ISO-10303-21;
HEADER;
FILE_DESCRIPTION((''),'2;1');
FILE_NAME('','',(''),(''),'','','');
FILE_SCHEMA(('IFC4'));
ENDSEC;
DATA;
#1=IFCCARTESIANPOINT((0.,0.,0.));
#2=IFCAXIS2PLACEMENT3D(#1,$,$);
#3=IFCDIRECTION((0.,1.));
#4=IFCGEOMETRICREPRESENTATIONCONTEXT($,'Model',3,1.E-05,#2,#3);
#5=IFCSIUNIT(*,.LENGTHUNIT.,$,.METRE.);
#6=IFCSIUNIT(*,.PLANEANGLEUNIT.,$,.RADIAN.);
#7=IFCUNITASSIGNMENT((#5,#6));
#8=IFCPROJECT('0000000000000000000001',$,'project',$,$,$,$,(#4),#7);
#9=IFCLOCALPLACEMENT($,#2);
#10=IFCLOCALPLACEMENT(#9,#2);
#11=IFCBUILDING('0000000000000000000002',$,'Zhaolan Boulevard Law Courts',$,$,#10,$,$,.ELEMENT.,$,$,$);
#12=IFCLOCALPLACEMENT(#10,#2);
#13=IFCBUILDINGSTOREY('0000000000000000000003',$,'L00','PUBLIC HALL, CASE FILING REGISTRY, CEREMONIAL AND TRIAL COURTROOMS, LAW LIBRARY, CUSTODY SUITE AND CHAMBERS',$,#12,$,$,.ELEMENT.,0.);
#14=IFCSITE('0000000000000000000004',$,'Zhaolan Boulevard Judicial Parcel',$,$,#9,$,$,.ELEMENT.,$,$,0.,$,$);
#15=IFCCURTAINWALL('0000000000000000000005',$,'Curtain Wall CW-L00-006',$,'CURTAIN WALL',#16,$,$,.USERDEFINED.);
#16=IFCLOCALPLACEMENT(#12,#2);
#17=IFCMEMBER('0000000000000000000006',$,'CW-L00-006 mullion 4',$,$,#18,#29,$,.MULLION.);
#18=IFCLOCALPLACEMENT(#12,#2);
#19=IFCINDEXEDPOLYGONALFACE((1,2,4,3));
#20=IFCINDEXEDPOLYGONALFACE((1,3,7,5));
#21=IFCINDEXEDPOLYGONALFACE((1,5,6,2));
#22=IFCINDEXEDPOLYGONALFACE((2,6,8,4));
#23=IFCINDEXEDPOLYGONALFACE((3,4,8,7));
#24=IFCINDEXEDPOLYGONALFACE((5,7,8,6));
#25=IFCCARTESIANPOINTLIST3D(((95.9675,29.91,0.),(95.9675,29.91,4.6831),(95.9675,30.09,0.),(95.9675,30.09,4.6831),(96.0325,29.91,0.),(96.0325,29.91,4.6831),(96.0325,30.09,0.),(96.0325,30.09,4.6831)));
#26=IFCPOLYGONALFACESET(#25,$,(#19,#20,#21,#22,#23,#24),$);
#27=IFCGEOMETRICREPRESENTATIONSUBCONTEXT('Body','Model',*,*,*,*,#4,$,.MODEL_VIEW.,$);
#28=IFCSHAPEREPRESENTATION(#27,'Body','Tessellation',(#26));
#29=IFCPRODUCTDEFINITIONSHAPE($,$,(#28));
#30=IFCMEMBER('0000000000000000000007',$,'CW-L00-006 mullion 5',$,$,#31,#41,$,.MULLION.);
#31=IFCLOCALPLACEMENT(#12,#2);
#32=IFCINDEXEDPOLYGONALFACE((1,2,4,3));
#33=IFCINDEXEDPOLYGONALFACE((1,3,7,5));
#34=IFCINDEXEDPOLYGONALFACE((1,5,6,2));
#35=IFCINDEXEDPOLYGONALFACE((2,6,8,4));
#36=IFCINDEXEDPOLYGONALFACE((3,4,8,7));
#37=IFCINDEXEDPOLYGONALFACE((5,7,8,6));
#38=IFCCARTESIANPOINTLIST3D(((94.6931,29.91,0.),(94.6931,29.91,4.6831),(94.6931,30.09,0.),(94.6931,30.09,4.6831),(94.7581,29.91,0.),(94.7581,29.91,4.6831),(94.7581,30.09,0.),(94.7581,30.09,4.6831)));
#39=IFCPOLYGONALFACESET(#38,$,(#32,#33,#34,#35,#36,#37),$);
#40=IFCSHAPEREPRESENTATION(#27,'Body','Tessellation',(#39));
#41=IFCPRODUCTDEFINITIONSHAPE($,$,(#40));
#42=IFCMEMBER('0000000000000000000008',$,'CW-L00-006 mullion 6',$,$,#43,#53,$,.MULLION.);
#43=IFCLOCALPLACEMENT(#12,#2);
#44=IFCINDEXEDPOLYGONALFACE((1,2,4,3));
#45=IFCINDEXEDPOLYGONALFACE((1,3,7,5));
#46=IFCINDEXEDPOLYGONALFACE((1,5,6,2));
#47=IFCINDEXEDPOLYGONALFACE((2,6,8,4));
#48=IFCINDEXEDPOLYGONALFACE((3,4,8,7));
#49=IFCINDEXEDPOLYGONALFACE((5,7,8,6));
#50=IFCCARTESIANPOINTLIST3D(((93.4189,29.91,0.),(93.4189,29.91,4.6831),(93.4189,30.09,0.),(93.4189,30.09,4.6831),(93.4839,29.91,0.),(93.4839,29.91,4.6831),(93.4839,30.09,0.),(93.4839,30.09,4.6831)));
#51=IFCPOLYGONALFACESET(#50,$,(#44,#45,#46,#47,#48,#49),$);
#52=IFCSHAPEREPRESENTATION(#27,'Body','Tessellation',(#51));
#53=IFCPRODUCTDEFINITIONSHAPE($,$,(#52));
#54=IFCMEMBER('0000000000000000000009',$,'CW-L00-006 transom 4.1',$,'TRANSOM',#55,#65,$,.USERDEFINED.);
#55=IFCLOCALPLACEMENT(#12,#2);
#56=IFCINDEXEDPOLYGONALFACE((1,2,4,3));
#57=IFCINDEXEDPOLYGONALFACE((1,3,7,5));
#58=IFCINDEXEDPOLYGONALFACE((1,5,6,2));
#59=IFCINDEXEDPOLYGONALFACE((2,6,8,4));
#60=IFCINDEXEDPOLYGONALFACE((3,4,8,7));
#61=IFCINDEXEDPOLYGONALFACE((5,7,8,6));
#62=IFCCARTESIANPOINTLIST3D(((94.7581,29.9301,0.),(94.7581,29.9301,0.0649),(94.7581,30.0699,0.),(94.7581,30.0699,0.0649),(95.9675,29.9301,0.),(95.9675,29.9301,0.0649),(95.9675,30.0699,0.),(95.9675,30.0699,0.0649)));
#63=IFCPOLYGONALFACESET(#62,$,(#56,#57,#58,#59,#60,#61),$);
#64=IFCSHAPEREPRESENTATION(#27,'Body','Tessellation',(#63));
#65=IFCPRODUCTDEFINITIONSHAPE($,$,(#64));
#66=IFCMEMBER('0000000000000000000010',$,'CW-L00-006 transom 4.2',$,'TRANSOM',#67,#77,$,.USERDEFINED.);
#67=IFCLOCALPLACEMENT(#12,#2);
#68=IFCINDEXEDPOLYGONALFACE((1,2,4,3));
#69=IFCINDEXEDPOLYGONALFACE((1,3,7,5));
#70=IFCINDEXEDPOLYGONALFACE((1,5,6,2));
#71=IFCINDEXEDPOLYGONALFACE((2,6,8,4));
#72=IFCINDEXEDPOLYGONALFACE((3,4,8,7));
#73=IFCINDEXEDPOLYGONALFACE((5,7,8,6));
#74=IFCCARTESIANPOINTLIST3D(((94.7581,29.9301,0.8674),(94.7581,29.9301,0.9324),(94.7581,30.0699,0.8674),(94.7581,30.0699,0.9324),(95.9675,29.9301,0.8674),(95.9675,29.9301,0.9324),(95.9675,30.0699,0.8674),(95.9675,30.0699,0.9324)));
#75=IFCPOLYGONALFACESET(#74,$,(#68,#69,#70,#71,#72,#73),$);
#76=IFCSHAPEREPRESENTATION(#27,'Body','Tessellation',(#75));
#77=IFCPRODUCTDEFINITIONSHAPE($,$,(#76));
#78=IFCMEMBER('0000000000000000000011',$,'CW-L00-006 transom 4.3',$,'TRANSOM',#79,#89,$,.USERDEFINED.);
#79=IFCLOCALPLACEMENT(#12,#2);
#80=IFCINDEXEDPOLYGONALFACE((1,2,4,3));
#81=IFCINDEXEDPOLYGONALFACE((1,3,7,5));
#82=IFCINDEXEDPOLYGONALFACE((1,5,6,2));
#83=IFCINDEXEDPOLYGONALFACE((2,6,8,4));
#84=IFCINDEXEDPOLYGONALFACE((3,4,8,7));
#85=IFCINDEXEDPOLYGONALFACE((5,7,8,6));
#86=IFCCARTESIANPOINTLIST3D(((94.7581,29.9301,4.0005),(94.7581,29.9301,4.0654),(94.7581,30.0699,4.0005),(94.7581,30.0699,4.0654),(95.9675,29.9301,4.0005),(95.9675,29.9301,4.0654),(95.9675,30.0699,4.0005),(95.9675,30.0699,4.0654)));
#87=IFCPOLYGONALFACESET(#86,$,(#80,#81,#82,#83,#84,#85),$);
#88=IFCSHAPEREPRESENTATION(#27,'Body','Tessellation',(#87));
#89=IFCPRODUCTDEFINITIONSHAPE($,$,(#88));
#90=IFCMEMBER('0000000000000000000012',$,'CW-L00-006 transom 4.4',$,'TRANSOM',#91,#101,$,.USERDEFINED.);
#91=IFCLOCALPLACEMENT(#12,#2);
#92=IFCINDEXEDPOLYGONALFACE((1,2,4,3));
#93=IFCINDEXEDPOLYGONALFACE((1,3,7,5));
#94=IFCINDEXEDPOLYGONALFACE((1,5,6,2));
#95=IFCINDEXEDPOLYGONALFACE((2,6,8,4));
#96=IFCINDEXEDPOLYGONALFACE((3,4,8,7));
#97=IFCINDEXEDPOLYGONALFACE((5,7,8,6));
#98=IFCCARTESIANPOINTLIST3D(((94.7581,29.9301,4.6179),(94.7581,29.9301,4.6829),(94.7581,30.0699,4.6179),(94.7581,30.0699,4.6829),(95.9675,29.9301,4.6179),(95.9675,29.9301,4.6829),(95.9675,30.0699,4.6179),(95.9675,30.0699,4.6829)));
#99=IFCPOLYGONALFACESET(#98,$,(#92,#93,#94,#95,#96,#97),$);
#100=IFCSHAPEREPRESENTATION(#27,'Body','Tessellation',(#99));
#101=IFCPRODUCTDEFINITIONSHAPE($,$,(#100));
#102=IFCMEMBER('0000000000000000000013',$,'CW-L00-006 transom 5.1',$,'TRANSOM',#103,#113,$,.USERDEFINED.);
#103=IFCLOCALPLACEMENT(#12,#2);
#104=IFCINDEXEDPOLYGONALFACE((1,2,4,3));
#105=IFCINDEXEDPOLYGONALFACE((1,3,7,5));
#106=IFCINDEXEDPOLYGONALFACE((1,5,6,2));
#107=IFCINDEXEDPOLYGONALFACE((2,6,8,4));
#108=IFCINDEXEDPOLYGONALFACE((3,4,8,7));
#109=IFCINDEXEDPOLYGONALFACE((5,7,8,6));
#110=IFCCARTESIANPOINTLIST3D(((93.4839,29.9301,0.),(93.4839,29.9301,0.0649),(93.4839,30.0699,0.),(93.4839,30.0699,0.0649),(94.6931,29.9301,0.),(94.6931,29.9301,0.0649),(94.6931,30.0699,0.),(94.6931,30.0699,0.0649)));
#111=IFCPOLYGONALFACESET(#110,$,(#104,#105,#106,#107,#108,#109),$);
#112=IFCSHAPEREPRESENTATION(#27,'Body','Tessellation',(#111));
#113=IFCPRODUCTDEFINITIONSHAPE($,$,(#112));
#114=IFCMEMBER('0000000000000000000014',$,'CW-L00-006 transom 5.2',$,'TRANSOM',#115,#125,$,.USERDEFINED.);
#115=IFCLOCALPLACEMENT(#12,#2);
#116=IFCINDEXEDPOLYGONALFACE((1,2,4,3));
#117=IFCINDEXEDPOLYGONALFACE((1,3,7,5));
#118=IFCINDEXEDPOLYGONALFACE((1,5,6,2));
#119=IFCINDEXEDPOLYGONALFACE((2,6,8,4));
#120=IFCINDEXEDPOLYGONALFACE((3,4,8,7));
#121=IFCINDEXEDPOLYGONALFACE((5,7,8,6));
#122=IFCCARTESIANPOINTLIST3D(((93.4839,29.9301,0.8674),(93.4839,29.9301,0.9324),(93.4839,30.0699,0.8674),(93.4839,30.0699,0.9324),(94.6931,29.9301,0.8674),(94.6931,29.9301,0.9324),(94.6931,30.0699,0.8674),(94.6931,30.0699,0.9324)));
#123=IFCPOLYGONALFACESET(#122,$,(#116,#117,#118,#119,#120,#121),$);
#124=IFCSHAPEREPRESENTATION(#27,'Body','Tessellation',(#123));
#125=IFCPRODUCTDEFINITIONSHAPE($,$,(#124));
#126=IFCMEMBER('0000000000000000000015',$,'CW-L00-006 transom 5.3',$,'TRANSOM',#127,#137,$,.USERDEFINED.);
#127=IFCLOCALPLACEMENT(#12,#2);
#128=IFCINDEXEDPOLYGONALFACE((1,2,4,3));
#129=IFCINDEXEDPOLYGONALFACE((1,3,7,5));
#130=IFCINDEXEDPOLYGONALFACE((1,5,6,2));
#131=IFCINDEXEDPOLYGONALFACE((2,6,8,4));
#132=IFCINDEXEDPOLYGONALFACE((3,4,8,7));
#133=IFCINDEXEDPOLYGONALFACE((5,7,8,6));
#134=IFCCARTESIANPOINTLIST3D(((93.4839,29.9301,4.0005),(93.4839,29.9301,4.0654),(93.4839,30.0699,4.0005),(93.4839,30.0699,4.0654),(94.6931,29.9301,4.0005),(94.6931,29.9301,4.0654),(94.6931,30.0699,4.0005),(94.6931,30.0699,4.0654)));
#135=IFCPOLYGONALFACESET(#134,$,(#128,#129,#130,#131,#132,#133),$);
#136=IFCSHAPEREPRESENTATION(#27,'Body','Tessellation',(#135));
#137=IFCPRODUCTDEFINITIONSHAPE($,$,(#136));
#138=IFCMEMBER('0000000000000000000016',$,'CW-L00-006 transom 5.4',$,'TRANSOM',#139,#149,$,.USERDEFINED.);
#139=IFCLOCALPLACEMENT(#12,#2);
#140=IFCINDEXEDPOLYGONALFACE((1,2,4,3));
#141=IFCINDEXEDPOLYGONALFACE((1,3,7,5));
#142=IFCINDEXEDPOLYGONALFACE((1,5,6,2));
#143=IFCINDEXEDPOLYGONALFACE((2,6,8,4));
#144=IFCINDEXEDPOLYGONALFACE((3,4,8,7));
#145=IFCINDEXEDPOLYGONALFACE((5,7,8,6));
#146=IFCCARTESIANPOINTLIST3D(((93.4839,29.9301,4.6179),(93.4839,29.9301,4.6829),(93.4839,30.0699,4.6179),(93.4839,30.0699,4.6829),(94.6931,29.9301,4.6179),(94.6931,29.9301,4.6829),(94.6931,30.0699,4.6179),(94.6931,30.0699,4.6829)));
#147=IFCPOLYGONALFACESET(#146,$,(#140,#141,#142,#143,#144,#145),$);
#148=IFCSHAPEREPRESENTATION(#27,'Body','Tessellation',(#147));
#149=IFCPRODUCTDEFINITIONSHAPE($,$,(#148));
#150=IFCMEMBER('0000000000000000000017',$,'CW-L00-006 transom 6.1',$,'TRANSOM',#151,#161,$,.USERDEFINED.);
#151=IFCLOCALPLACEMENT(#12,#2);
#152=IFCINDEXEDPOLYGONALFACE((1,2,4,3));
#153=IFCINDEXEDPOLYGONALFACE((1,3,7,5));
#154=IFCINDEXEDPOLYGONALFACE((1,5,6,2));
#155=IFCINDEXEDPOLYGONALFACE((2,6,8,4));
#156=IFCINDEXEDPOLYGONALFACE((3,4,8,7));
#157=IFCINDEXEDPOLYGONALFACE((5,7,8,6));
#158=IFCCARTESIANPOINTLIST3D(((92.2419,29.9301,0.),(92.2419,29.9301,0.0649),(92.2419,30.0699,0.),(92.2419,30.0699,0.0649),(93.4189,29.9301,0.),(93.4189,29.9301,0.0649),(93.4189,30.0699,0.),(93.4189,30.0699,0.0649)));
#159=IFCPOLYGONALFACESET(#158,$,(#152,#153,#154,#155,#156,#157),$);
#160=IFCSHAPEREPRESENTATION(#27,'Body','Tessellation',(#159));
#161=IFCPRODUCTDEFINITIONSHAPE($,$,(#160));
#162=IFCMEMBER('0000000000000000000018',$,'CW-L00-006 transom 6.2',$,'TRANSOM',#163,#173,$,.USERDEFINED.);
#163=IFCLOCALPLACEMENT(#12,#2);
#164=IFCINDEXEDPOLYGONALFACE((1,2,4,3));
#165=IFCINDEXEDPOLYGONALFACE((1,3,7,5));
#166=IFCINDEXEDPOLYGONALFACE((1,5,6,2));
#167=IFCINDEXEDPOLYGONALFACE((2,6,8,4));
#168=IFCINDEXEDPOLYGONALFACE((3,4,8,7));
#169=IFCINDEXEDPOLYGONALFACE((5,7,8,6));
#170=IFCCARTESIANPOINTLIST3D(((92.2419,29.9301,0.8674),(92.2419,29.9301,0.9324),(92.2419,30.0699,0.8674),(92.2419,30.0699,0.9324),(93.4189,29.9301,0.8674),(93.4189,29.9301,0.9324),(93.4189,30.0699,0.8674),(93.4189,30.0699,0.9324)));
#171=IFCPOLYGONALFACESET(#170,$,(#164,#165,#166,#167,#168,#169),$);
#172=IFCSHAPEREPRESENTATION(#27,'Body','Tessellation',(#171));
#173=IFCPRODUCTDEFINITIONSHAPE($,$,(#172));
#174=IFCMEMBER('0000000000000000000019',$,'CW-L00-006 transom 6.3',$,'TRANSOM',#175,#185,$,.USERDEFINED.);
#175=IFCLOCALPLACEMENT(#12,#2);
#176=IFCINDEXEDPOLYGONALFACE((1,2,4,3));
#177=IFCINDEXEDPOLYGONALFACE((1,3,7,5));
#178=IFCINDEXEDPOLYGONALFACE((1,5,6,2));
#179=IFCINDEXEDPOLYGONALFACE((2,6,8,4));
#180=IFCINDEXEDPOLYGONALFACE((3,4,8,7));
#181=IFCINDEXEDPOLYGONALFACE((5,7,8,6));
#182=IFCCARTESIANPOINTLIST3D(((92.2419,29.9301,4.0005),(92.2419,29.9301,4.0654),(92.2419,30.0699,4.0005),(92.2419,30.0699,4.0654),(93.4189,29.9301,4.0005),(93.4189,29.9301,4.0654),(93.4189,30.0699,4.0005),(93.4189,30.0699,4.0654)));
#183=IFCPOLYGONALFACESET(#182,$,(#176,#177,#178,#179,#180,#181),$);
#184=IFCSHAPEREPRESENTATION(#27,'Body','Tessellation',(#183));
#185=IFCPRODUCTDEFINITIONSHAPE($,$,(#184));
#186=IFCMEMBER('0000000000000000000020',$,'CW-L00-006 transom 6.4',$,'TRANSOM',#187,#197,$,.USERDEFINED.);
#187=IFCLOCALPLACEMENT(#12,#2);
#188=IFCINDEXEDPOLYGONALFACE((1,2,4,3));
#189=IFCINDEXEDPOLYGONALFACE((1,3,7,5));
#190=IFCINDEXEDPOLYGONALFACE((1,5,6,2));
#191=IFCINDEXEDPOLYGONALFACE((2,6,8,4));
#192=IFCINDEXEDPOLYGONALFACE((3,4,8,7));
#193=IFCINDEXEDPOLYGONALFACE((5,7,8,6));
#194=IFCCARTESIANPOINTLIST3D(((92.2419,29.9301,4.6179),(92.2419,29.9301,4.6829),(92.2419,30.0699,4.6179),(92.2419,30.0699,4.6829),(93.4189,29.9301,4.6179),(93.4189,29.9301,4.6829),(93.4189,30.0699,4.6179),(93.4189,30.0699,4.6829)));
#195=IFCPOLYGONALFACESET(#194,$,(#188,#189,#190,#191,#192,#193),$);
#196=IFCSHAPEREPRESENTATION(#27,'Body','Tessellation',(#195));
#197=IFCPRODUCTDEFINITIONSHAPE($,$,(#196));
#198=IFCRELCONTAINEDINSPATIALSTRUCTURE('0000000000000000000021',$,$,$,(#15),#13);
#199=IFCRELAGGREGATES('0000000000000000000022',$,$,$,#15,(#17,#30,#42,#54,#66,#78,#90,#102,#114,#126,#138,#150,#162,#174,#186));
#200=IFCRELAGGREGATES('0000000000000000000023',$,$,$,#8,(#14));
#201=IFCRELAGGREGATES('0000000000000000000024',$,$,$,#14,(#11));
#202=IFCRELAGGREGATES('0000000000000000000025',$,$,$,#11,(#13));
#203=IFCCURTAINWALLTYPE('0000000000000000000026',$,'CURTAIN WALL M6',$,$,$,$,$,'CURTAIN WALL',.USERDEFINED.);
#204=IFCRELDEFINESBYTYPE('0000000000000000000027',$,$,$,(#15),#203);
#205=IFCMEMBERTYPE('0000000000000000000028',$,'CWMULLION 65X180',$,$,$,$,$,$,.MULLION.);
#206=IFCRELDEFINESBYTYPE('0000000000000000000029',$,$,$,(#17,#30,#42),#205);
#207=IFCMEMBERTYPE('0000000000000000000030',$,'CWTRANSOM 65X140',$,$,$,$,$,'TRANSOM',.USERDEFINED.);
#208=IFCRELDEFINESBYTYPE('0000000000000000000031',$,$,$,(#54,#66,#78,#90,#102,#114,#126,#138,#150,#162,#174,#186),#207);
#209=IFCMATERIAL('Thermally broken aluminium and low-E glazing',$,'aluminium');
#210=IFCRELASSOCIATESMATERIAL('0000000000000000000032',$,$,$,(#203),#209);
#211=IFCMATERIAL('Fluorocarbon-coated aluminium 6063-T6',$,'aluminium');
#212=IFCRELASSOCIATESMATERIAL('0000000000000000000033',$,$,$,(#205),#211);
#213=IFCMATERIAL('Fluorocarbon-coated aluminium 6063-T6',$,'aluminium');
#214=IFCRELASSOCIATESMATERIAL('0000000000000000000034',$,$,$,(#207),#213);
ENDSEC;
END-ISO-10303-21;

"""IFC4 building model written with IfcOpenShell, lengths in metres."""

from ifc_helpers import new_model, si_unit, direction, frame, origin, origin_2d, place, context, subcontext, project, spatial, rectangle, extrude, material, material_profile, profile_set, type_object, element, aggregate, save


model = new_model("IFC4")

# Units and contexts
model_context = context("Model", 3, precision=1e-05, world=origin(), true_north=direction((0.0, 1.0)))
body_context = subcontext(model_context, "Body", "Model", "MODEL_VIEW")
ifc_project = project(units=[si_unit("LENGTHUNIT", "METRE"), si_unit("PLANEANGLEUNIT", "RADIAN")], contexts=[model_context])

# Site, building, storey
site_placement = place(None, origin())
site = spatial("IfcSite", under=ifc_project, at=site_placement, Name="Zhaolan Boulevard Judicial Parcel", CompositionType="ELEMENT", RefElevation=0.0)
building_placement = place(site_placement, origin())
building = spatial("IfcBuilding", under=site, at=building_placement, Name="Zhaolan Boulevard Law Courts", CompositionType="ELEMENT")
storey_placement = place(building_placement, origin())
storey = spatial("IfcBuildingStorey", under=building, at=storey_placement, Name="L00", Description="PUBLIC HALL, CASE FILING REGISTRY, CEREMONIAL AND TRIAL COURTROOMS, LAW LIBRARY, CUSTODY SUITE AND CHAMBERS", CompositionType="ELEMENT", Elevation=0.0)

# Curtain wall, members
ifc_material_1 = material(Name="Thermally broken aluminium and low-E glazing", Category="aluminium")
curtain_wall_type = type_object("IfcCurtainWallType", Name="CURTAIN WALL M6", ElementType="CURTAIN WALL", PredefinedType="USERDEFINED", material=ifc_material_1)
curtain_wall_placement = place(storey_placement, origin())
curtain_wall = element("IfcCurtainWall", 1, at=curtain_wall_placement, inside=storey, type_object=curtain_wall_type, Name="Curtain Wall CW-L00-006", ObjectType="CURTAIN WALL", PredefinedType="USERDEFINED")
ifc_material_2 = material(Name="Fluorocarbon-coated aluminium 6063-T6", Category="aluminium")
ifc_material_profile_1 = material_profile(ifc_material_2, rectangle(XDim=0.1799, YDim=0.0649, at=origin_2d()), Name="AL65x180")
ifc_profile_set_1 = profile_set([ifc_material_profile_1], Name="Fluorocarbon-coated aluminium 6063-T6")
member_type_1 = type_object("IfcMemberType", Name="CWMULLION 65X180", PredefinedType="MULLION", material=ifc_profile_set_1)
member_1_placement = place(storey_placement, frame((96.0, 30.0, 0.0), z_axis=(0.0, 0.0, 1.0), x_axis=(0.0, -1.0, 0.0)))
member_1 = element("IfcMember", 2, at=member_1_placement, type_object=member_type_1, Name="CW-L00-006 mullion 4", PredefinedType="MULLION", context=body_context, shape_type="SweptSolid", body=[
    extrude(rectangle(XDim=0.1799, YDim=0.0649, at=origin_2d()), origin(), (0.0, 0.0, 1.0), 4.6831),
])
member_2_placement = place(storey_placement, frame((94.7256, 30.0, 0.0), z_axis=(0.0, 0.0, 1.0), x_axis=(0.0, -1.0, 0.0)))
member_2 = element("IfcMember", 3, at=member_2_placement, type_object=member_type_1, Name="CW-L00-006 mullion 5", PredefinedType="MULLION", context=body_context, shape_type="SweptSolid", body=[
    extrude(rectangle(XDim=0.1799, YDim=0.0649, at=origin_2d()), origin(), (0.0, 0.0, 1.0), 4.6831),
])
member_3_placement = place(storey_placement, frame((93.4514, 30.0, 0.0), z_axis=(0.0, 0.0, 1.0), x_axis=(0.0, -1.0, 0.0)))
member_3 = element("IfcMember", 4, at=member_3_placement, type_object=member_type_1, Name="CW-L00-006 mullion 6", PredefinedType="MULLION", context=body_context, shape_type="SweptSolid", body=[
    extrude(rectangle(XDim=0.1799, YDim=0.0649, at=origin_2d()), origin(), (0.0, 0.0, 1.0), 4.6831),
])
ifc_material_3 = material(Name="Fluorocarbon-coated aluminium 6063-T6", Category="aluminium")
ifc_material_profile_2 = material_profile(ifc_material_3, rectangle(XDim=0.1399, YDim=0.0649, at=origin_2d()), Name="AL65x140")
ifc_profile_set_2 = profile_set([ifc_material_profile_2], Name="Fluorocarbon-coated aluminium 6063-T6")
member_type_2 = type_object("IfcMemberType", Name="CWTRANSOM 65X140", ElementType="TRANSOM", PredefinedType="USERDEFINED", material=ifc_profile_set_2)
member_4_placement = place(storey_placement, frame((95.9675, 30.0, 0.0325), z_axis=(-1.0, 0.0, 0.0), x_axis=(0.0, -1.0, 0.0)))
member_4 = element("IfcMember", 5, at=member_4_placement, type_object=member_type_2, Name="CW-L00-006 transom 4.1", ObjectType="TRANSOM", PredefinedType="USERDEFINED", context=body_context, shape_type="SweptSolid", body=[
    extrude(rectangle(XDim=0.1399, YDim=0.0649, at=origin_2d()), origin(), (0.0, 0.0, 1.0), 1.2095),
])
member_5_placement = place(storey_placement, frame((95.9675, 30.0, 0.8999), z_axis=(-1.0, 0.0, 0.0), x_axis=(0.0, -1.0, 0.0)))
member_5 = element("IfcMember", 6, at=member_5_placement, type_object=member_type_2, Name="CW-L00-006 transom 4.2", ObjectType="TRANSOM", PredefinedType="USERDEFINED", context=body_context, shape_type="SweptSolid", body=[
    extrude(rectangle(XDim=0.1399, YDim=0.0649, at=origin_2d()), origin(), (0.0, 0.0, 1.0), 1.2095),
])
member_6_placement = place(storey_placement, frame((95.9675, 30.0, 4.033), z_axis=(-1.0, 0.0, 0.0), x_axis=(0.0, -1.0, 0.0)))
member_6 = element("IfcMember", 7, at=member_6_placement, type_object=member_type_2, Name="CW-L00-006 transom 4.3", ObjectType="TRANSOM", PredefinedType="USERDEFINED", context=body_context, shape_type="SweptSolid", body=[
    extrude(rectangle(XDim=0.1399, YDim=0.0649, at=origin_2d()), origin(), (0.0, 0.0, 1.0), 1.2095),
])
member_7_placement = place(storey_placement, frame((95.9675, 30.0, 4.6504), z_axis=(-1.0, 0.0, 0.0), x_axis=(0.0, -1.0, 0.0)))
member_7 = element("IfcMember", 8, at=member_7_placement, type_object=member_type_2, Name="CW-L00-006 transom 4.4", ObjectType="TRANSOM", PredefinedType="USERDEFINED", context=body_context, shape_type="SweptSolid", body=[
    extrude(rectangle(XDim=0.1399, YDim=0.0649, at=origin_2d()), origin(), (0.0, 0.0, 1.0), 1.2095),
])
member_8_placement = place(storey_placement, frame((94.6931, 30.0, 0.0325), z_axis=(-1.0, 0.0, 0.0), x_axis=(0.0, -1.0, 0.0)))
member_8 = element("IfcMember", 9, at=member_8_placement, type_object=member_type_2, Name="CW-L00-006 transom 5.1", ObjectType="TRANSOM", PredefinedType="USERDEFINED", context=body_context, shape_type="SweptSolid", body=[
    extrude(rectangle(XDim=0.1399, YDim=0.0649, at=origin_2d()), origin(), (0.0, 0.0, 1.0), 1.2092),
])
member_9_placement = place(storey_placement, frame((94.6931, 30.0, 0.8999), z_axis=(-1.0, 0.0, 0.0), x_axis=(0.0, -1.0, 0.0)))
member_9 = element("IfcMember", 10, at=member_9_placement, type_object=member_type_2, Name="CW-L00-006 transom 5.2", ObjectType="TRANSOM", PredefinedType="USERDEFINED", context=body_context, shape_type="SweptSolid", body=[
    extrude(rectangle(XDim=0.1399, YDim=0.0649, at=origin_2d()), origin(), (0.0, 0.0, 1.0), 1.2092),
])
member_10_placement = place(storey_placement, frame((94.6931, 30.0, 4.033), z_axis=(-1.0, 0.0, 0.0), x_axis=(0.0, -1.0, 0.0)))
member_10 = element("IfcMember", 11, at=member_10_placement, type_object=member_type_2, Name="CW-L00-006 transom 5.3", ObjectType="TRANSOM", PredefinedType="USERDEFINED", context=body_context, shape_type="SweptSolid", body=[
    extrude(rectangle(XDim=0.1399, YDim=0.0649, at=origin_2d()), origin(), (0.0, 0.0, 1.0), 1.2092),
])
member_11_placement = place(storey_placement, frame((94.6931, 30.0, 4.6504), z_axis=(-1.0, 0.0, 0.0), x_axis=(0.0, -1.0, 0.0)))
member_11 = element("IfcMember", 12, at=member_11_placement, type_object=member_type_2, Name="CW-L00-006 transom 5.4", ObjectType="TRANSOM", PredefinedType="USERDEFINED", context=body_context, shape_type="SweptSolid", body=[
    extrude(rectangle(XDim=0.1399, YDim=0.0649, at=origin_2d()), origin(), (0.0, 0.0, 1.0), 1.2092),
])
member_12_placement = place(storey_placement, frame((93.4189, 30.0, 0.0325), z_axis=(-1.0, 0.0, 0.0), x_axis=(0.0, -1.0, 0.0)))
member_12 = element("IfcMember", 13, at=member_12_placement, type_object=member_type_2, Name="CW-L00-006 transom 6.1", ObjectType="TRANSOM", PredefinedType="USERDEFINED", context=body_context, shape_type="SweptSolid", body=[
    extrude(rectangle(XDim=0.1399, YDim=0.0649, at=origin_2d()), origin(), (0.0, 0.0, 1.0), 1.177),
])
member_13_placement = place(storey_placement, frame((93.4189, 30.0, 0.8999), z_axis=(-1.0, 0.0, 0.0), x_axis=(0.0, -1.0, 0.0)))
member_13 = element("IfcMember", 14, at=member_13_placement, type_object=member_type_2, Name="CW-L00-006 transom 6.2", ObjectType="TRANSOM", PredefinedType="USERDEFINED", context=body_context, shape_type="SweptSolid", body=[
    extrude(rectangle(XDim=0.1399, YDim=0.0649, at=origin_2d()), origin(), (0.0, 0.0, 1.0), 1.177),
])
member_14_placement = place(storey_placement, frame((93.4189, 30.0, 4.033), z_axis=(-1.0, 0.0, 0.0), x_axis=(0.0, -1.0, 0.0)))
member_14 = element("IfcMember", 15, at=member_14_placement, type_object=member_type_2, Name="CW-L00-006 transom 6.3", ObjectType="TRANSOM", PredefinedType="USERDEFINED", context=body_context, shape_type="SweptSolid", body=[
    extrude(rectangle(XDim=0.1399, YDim=0.0649, at=origin_2d()), origin(), (0.0, 0.0, 1.0), 1.177),
])
member_15_placement = place(storey_placement, frame((93.4189, 30.0, 4.6504), z_axis=(-1.0, 0.0, 0.0), x_axis=(0.0, -1.0, 0.0)))
member_15 = element("IfcMember", 16, at=member_15_placement, type_object=member_type_2, Name="CW-L00-006 transom 6.4", ObjectType="TRANSOM", PredefinedType="USERDEFINED", context=body_context, shape_type="SweptSolid", body=[
    extrude(rectangle(XDim=0.1399, YDim=0.0649, at=origin_2d()), origin(), (0.0, 0.0, 1.0), 1.177),
])
aggregate(curtain_wall, [member_1, member_2, member_3, member_4, member_5, member_6, member_7, member_8, member_9, member_10, member_11, member_12, member_13, member_14, member_15])

save(model, "model.ifc")
